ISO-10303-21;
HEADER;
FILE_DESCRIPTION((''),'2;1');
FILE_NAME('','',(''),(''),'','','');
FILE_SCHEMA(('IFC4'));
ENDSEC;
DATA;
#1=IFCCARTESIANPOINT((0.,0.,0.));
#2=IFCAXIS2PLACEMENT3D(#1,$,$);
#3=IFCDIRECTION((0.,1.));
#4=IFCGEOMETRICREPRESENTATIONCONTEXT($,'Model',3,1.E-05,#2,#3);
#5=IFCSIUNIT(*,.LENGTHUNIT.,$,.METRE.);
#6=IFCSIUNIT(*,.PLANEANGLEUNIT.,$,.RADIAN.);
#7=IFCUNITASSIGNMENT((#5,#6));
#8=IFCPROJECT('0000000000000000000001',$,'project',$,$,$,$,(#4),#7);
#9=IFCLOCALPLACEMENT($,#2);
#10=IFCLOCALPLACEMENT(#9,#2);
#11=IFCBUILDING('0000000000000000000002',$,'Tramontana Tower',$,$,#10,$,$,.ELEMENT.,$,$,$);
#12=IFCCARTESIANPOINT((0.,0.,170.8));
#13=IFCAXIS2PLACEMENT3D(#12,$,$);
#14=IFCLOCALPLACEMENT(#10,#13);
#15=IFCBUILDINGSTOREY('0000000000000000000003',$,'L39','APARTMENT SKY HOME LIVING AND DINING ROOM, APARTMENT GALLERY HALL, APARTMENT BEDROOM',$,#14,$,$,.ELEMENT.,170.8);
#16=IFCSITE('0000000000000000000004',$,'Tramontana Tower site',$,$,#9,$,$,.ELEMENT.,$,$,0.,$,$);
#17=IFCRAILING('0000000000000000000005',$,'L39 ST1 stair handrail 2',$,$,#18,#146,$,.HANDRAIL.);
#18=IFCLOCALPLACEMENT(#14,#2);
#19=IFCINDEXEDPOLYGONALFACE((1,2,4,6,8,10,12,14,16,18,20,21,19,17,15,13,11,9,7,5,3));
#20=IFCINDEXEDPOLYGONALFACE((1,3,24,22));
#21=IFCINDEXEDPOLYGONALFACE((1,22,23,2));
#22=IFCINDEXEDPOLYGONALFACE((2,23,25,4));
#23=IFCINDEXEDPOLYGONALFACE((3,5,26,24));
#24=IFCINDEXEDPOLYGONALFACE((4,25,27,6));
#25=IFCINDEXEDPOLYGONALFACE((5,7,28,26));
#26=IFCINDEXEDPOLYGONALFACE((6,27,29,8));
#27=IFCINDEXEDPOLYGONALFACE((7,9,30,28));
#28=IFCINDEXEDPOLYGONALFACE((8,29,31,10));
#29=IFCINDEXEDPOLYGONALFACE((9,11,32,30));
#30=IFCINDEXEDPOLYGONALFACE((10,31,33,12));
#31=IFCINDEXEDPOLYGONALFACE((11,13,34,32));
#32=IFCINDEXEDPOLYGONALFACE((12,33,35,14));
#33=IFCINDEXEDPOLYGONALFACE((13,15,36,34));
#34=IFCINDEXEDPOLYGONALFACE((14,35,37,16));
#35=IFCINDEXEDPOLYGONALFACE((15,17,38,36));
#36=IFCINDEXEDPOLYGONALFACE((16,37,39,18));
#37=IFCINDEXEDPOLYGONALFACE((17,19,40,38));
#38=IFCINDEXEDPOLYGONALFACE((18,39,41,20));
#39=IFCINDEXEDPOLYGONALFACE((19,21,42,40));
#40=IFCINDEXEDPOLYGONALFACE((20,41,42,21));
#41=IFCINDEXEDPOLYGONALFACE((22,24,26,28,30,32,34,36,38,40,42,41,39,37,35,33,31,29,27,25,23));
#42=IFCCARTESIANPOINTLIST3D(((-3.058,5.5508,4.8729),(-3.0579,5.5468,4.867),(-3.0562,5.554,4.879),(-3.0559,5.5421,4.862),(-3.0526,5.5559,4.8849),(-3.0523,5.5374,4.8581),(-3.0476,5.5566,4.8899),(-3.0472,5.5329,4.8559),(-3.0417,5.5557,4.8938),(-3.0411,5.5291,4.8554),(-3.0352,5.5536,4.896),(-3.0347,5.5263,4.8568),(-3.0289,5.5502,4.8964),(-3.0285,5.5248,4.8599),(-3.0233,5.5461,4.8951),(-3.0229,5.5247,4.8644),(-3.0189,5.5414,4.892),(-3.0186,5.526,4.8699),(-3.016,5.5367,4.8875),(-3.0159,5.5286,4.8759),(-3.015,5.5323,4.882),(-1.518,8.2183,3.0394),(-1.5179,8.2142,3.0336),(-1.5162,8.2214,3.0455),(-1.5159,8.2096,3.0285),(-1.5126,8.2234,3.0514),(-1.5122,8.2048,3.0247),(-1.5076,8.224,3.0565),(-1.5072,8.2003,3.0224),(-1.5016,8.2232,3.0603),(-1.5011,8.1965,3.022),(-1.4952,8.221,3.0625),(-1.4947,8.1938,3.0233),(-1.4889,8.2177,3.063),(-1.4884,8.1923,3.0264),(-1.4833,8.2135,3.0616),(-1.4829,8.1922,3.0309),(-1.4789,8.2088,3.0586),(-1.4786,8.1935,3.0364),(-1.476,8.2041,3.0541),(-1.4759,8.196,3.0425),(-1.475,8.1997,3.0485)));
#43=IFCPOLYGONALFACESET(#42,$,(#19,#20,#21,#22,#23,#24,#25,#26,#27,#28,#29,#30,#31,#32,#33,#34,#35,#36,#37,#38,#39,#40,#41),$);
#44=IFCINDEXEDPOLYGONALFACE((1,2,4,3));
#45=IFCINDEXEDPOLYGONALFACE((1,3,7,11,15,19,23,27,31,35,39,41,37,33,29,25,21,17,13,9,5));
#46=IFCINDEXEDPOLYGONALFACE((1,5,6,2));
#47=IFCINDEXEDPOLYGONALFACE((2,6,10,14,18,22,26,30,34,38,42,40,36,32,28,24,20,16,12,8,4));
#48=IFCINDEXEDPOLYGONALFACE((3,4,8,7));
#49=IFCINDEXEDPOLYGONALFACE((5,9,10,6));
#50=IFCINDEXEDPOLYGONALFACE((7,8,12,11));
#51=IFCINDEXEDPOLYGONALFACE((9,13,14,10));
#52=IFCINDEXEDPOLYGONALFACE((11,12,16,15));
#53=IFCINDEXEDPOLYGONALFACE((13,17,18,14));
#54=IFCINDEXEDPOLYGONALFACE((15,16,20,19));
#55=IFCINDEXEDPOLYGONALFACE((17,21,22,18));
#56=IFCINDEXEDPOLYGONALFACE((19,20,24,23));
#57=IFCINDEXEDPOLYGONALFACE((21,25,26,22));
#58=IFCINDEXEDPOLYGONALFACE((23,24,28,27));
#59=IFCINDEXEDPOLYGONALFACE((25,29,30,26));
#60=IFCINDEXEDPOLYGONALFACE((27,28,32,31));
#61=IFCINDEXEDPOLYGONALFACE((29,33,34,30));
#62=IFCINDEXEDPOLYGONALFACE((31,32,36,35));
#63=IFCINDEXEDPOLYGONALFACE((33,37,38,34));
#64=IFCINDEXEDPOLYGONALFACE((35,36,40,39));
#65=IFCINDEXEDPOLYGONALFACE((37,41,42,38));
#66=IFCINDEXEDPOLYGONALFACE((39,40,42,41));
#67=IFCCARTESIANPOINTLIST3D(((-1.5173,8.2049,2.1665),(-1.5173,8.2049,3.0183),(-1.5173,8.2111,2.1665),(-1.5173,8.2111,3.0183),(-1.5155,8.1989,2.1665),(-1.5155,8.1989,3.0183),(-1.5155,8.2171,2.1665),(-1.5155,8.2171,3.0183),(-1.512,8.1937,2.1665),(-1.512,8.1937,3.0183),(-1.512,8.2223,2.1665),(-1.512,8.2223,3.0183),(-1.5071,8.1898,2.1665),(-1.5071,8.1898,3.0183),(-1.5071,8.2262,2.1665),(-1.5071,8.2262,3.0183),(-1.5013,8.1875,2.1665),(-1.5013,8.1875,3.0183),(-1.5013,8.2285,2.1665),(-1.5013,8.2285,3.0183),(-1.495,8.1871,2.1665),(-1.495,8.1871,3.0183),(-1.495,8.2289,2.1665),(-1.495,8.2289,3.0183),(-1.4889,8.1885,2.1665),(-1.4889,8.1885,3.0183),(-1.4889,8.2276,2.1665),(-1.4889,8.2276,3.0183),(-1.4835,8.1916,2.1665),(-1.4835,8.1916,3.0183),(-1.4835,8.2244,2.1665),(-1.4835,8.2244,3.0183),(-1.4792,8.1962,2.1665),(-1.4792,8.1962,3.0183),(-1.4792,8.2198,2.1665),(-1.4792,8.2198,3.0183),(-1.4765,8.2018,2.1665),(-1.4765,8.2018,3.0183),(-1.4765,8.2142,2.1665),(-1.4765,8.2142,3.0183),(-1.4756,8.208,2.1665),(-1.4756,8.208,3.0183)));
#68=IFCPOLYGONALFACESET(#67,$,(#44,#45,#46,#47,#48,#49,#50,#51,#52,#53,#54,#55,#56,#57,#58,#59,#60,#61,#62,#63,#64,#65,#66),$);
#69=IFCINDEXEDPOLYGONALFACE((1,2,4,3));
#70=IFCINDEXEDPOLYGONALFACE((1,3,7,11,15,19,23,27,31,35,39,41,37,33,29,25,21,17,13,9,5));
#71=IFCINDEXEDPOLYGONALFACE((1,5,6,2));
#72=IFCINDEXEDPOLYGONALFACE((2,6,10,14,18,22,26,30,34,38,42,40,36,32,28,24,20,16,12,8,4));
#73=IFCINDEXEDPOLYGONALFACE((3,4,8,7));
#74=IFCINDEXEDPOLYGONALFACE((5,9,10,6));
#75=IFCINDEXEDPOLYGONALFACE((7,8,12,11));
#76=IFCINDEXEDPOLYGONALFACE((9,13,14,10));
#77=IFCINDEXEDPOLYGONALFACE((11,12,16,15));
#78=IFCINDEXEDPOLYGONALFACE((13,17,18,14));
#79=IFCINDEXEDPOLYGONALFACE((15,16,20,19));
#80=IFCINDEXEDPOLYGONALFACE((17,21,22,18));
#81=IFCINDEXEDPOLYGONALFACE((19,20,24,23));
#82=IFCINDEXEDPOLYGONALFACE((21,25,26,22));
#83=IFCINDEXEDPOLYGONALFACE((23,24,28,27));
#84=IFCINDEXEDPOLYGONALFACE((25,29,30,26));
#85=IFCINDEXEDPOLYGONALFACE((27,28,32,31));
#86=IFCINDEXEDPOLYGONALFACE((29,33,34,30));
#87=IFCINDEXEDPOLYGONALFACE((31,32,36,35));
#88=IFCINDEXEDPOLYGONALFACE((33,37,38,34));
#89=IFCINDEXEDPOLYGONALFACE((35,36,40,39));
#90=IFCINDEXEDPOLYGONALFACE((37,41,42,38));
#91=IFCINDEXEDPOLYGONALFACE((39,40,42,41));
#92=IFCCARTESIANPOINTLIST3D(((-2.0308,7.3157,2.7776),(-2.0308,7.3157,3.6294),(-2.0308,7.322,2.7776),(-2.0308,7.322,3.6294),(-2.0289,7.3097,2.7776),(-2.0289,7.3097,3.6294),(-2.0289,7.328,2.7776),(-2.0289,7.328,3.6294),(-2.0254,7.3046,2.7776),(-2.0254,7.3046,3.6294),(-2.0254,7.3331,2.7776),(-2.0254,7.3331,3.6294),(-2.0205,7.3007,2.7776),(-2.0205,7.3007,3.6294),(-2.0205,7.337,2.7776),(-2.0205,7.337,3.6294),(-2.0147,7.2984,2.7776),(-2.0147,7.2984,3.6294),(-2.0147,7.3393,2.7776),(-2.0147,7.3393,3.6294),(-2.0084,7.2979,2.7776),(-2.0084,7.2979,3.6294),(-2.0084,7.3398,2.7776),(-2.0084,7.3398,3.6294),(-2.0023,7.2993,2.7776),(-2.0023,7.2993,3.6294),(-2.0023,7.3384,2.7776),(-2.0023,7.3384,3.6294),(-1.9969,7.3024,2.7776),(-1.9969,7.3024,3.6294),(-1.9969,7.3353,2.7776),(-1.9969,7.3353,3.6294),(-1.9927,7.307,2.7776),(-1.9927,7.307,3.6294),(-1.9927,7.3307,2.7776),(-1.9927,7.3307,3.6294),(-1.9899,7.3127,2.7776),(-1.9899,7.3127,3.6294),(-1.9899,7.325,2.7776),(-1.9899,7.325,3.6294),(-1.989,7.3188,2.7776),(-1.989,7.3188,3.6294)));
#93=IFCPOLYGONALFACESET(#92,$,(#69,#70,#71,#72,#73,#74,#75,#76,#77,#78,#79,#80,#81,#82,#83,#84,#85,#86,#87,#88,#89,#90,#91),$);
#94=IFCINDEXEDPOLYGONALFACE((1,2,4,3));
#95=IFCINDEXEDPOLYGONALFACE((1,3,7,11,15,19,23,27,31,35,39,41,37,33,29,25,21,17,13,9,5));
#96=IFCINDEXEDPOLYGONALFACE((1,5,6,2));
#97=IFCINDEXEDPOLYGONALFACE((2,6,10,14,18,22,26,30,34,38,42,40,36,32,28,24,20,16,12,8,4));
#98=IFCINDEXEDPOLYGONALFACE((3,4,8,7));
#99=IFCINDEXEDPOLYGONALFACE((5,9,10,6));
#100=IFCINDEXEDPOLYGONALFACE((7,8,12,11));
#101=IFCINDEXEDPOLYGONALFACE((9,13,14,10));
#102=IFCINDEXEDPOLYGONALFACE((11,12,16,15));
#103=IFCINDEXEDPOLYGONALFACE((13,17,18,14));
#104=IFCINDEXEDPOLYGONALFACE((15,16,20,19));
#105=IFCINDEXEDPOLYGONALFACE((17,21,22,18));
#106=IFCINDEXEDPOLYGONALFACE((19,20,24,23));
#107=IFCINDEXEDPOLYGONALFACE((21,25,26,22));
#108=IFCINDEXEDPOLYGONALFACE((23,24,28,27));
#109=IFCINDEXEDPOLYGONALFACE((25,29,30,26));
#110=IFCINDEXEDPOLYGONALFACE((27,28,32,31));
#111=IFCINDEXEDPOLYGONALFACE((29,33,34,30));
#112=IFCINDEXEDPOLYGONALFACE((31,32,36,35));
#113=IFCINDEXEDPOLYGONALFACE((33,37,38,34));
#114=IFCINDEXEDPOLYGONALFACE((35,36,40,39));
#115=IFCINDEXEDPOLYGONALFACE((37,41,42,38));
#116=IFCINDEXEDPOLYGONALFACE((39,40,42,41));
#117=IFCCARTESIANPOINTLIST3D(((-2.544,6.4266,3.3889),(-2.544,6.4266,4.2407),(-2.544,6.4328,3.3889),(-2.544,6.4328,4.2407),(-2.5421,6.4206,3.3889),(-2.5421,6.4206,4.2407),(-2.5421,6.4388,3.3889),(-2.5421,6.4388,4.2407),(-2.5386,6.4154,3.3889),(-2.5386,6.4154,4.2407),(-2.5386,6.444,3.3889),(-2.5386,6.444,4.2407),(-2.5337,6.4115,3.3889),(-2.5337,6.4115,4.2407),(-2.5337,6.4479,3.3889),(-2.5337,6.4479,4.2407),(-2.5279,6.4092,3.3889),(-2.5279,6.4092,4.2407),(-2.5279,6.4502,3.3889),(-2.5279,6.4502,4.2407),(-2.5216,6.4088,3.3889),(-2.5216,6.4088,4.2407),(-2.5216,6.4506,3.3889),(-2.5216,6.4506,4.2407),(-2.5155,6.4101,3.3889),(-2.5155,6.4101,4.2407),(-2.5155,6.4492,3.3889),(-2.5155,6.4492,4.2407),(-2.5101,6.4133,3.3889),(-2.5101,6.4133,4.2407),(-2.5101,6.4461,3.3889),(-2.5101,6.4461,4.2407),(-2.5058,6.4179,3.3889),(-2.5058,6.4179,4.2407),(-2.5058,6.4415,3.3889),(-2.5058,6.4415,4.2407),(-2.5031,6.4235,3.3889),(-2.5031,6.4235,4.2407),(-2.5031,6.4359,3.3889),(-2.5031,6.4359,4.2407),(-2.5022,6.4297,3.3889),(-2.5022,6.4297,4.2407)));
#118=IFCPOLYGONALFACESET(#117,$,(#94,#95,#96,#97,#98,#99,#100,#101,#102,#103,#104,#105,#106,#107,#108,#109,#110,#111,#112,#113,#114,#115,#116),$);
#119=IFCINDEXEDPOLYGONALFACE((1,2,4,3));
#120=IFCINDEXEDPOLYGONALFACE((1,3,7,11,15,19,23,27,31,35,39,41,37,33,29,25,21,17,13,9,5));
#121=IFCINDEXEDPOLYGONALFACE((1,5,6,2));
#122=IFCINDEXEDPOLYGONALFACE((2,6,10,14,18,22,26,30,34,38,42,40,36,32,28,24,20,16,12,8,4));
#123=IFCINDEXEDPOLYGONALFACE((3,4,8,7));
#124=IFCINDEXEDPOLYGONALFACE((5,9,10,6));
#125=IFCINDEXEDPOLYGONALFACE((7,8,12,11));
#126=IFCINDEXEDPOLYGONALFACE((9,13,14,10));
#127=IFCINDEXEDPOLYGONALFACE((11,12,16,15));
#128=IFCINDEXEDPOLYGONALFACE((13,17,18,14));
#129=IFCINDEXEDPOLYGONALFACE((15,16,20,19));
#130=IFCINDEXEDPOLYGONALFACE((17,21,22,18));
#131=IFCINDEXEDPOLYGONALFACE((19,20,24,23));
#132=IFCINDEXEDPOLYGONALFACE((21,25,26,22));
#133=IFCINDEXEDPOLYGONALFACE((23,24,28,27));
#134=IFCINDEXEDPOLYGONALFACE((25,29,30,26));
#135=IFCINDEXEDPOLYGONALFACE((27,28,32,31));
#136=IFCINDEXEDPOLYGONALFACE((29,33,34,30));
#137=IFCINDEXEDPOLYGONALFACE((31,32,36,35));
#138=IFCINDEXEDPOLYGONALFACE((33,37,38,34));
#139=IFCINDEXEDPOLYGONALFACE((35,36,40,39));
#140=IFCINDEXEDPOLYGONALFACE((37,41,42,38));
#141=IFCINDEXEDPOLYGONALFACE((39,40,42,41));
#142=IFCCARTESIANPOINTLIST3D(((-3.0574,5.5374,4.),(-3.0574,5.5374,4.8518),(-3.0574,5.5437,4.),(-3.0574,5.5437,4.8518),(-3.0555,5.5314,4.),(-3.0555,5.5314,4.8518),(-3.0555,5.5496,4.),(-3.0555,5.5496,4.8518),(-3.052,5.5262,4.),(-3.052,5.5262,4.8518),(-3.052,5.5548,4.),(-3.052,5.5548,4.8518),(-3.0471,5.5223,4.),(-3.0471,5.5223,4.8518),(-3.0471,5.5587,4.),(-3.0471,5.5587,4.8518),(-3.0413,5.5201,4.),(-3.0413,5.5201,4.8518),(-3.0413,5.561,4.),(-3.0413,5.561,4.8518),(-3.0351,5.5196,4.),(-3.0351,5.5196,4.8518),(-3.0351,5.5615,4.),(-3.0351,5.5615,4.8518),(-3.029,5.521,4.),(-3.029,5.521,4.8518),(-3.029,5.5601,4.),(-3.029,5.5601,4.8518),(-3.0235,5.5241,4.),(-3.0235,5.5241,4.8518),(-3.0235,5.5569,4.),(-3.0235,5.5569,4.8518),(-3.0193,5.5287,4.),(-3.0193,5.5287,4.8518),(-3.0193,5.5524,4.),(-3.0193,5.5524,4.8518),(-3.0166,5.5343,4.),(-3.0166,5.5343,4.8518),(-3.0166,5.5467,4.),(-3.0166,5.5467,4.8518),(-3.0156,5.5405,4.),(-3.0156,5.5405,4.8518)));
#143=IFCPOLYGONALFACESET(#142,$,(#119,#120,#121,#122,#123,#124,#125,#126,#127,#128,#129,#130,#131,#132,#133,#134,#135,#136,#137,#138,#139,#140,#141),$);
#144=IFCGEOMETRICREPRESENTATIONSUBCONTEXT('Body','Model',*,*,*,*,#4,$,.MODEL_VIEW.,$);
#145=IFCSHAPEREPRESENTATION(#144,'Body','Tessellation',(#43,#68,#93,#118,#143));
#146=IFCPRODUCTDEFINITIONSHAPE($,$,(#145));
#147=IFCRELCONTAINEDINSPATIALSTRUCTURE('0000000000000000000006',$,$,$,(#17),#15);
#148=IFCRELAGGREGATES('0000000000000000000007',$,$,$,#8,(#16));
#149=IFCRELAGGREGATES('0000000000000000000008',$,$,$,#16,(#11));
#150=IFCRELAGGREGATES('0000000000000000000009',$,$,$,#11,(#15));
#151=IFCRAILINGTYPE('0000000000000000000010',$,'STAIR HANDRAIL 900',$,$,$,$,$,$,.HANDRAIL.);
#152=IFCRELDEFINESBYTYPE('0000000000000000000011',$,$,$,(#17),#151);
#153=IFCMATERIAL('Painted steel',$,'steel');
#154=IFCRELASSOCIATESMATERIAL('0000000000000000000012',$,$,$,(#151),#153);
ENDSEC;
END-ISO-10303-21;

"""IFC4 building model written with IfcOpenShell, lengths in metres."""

from ifc_helpers import new_model, si_unit, direction, frame, origin, origin_2d, place, context, subcontext, project, spatial, circle, extrude, material, type_object, element, save


model = new_model("IFC4")

# Units and contexts
model_context = context("Model", 3, precision=1e-05, world=origin(), true_north=direction((0.0, 1.0)))
body_context = subcontext(model_context, "Body", "Model", "MODEL_VIEW")
ifc_project = project(units=[si_unit("LENGTHUNIT", "METRE"), si_unit("PLANEANGLEUNIT", "RADIAN")], contexts=[model_context])

# Site, building, storey
site_placement = place(None, origin())
site = spatial("IfcSite", under=ifc_project, at=site_placement, Name="Tramontana Tower site", CompositionType="ELEMENT", RefElevation=0.0)
building_placement = place(site_placement, origin())
building = spatial("IfcBuilding", under=site, at=building_placement, Name="Tramontana Tower", CompositionType="ELEMENT")
storey_placement = place(building_placement, frame((0.0, 0.0, 170.8)))
storey = spatial("IfcBuildingStorey", under=building, at=storey_placement, Name="L39", Description="APARTMENT SKY HOME LIVING AND DINING ROOM, APARTMENT GALLERY HALL, APARTMENT BEDROOM", CompositionType="ELEMENT", Elevation=170.8)

# Railing
ifc_material_1 = material(Name="Painted steel", Category="steel")
railing_type_1 = type_object("IfcRailingType", Name="STAIR HANDRAIL 900", PredefinedType="HANDRAIL", material=ifc_material_1)
railing_1_placement = place(storey_placement, frame((-1.4966, 8.208, 2.1665)))
element("IfcRailing", 1, at=railing_1_placement, inside=storey, type_object=railing_type_1, Name="L39 ST1 stair handrail 2", PredefinedType="HANDRAIL", context=body_context, shape_type="SweptSolid", body=[
    extrude(circle(Radius=0.0239, at=origin_2d()), frame((0.0, 0.0, 0.876), z_axis=(-0.429634, -0.744164, 0.511502), x_axis=(0.86603, -0.499992, 0.0)), (0.0, 0.0, 1.0), 3.5845),
    extrude(circle(Radius=0.021, at=origin_2d()), origin(), (0.0, 0.0, 1.0), 0.8518),
    extrude(circle(Radius=0.021, at=origin_2d()), frame((-0.5134, -0.8892, 0.6111)), (0.0, 0.0, 1.0), 0.8518),
    extrude(circle(Radius=0.021, at=origin_2d()), frame((-1.0266, -1.7783, 1.2224)), (0.0, 0.0, 1.0), 0.8518),
    extrude(circle(Radius=0.021, at=origin_2d()), frame((-1.54, -2.6675, 1.8335)), (0.0, 0.0, 1.0), 0.8518),
])

save(model, "model.ifc")
